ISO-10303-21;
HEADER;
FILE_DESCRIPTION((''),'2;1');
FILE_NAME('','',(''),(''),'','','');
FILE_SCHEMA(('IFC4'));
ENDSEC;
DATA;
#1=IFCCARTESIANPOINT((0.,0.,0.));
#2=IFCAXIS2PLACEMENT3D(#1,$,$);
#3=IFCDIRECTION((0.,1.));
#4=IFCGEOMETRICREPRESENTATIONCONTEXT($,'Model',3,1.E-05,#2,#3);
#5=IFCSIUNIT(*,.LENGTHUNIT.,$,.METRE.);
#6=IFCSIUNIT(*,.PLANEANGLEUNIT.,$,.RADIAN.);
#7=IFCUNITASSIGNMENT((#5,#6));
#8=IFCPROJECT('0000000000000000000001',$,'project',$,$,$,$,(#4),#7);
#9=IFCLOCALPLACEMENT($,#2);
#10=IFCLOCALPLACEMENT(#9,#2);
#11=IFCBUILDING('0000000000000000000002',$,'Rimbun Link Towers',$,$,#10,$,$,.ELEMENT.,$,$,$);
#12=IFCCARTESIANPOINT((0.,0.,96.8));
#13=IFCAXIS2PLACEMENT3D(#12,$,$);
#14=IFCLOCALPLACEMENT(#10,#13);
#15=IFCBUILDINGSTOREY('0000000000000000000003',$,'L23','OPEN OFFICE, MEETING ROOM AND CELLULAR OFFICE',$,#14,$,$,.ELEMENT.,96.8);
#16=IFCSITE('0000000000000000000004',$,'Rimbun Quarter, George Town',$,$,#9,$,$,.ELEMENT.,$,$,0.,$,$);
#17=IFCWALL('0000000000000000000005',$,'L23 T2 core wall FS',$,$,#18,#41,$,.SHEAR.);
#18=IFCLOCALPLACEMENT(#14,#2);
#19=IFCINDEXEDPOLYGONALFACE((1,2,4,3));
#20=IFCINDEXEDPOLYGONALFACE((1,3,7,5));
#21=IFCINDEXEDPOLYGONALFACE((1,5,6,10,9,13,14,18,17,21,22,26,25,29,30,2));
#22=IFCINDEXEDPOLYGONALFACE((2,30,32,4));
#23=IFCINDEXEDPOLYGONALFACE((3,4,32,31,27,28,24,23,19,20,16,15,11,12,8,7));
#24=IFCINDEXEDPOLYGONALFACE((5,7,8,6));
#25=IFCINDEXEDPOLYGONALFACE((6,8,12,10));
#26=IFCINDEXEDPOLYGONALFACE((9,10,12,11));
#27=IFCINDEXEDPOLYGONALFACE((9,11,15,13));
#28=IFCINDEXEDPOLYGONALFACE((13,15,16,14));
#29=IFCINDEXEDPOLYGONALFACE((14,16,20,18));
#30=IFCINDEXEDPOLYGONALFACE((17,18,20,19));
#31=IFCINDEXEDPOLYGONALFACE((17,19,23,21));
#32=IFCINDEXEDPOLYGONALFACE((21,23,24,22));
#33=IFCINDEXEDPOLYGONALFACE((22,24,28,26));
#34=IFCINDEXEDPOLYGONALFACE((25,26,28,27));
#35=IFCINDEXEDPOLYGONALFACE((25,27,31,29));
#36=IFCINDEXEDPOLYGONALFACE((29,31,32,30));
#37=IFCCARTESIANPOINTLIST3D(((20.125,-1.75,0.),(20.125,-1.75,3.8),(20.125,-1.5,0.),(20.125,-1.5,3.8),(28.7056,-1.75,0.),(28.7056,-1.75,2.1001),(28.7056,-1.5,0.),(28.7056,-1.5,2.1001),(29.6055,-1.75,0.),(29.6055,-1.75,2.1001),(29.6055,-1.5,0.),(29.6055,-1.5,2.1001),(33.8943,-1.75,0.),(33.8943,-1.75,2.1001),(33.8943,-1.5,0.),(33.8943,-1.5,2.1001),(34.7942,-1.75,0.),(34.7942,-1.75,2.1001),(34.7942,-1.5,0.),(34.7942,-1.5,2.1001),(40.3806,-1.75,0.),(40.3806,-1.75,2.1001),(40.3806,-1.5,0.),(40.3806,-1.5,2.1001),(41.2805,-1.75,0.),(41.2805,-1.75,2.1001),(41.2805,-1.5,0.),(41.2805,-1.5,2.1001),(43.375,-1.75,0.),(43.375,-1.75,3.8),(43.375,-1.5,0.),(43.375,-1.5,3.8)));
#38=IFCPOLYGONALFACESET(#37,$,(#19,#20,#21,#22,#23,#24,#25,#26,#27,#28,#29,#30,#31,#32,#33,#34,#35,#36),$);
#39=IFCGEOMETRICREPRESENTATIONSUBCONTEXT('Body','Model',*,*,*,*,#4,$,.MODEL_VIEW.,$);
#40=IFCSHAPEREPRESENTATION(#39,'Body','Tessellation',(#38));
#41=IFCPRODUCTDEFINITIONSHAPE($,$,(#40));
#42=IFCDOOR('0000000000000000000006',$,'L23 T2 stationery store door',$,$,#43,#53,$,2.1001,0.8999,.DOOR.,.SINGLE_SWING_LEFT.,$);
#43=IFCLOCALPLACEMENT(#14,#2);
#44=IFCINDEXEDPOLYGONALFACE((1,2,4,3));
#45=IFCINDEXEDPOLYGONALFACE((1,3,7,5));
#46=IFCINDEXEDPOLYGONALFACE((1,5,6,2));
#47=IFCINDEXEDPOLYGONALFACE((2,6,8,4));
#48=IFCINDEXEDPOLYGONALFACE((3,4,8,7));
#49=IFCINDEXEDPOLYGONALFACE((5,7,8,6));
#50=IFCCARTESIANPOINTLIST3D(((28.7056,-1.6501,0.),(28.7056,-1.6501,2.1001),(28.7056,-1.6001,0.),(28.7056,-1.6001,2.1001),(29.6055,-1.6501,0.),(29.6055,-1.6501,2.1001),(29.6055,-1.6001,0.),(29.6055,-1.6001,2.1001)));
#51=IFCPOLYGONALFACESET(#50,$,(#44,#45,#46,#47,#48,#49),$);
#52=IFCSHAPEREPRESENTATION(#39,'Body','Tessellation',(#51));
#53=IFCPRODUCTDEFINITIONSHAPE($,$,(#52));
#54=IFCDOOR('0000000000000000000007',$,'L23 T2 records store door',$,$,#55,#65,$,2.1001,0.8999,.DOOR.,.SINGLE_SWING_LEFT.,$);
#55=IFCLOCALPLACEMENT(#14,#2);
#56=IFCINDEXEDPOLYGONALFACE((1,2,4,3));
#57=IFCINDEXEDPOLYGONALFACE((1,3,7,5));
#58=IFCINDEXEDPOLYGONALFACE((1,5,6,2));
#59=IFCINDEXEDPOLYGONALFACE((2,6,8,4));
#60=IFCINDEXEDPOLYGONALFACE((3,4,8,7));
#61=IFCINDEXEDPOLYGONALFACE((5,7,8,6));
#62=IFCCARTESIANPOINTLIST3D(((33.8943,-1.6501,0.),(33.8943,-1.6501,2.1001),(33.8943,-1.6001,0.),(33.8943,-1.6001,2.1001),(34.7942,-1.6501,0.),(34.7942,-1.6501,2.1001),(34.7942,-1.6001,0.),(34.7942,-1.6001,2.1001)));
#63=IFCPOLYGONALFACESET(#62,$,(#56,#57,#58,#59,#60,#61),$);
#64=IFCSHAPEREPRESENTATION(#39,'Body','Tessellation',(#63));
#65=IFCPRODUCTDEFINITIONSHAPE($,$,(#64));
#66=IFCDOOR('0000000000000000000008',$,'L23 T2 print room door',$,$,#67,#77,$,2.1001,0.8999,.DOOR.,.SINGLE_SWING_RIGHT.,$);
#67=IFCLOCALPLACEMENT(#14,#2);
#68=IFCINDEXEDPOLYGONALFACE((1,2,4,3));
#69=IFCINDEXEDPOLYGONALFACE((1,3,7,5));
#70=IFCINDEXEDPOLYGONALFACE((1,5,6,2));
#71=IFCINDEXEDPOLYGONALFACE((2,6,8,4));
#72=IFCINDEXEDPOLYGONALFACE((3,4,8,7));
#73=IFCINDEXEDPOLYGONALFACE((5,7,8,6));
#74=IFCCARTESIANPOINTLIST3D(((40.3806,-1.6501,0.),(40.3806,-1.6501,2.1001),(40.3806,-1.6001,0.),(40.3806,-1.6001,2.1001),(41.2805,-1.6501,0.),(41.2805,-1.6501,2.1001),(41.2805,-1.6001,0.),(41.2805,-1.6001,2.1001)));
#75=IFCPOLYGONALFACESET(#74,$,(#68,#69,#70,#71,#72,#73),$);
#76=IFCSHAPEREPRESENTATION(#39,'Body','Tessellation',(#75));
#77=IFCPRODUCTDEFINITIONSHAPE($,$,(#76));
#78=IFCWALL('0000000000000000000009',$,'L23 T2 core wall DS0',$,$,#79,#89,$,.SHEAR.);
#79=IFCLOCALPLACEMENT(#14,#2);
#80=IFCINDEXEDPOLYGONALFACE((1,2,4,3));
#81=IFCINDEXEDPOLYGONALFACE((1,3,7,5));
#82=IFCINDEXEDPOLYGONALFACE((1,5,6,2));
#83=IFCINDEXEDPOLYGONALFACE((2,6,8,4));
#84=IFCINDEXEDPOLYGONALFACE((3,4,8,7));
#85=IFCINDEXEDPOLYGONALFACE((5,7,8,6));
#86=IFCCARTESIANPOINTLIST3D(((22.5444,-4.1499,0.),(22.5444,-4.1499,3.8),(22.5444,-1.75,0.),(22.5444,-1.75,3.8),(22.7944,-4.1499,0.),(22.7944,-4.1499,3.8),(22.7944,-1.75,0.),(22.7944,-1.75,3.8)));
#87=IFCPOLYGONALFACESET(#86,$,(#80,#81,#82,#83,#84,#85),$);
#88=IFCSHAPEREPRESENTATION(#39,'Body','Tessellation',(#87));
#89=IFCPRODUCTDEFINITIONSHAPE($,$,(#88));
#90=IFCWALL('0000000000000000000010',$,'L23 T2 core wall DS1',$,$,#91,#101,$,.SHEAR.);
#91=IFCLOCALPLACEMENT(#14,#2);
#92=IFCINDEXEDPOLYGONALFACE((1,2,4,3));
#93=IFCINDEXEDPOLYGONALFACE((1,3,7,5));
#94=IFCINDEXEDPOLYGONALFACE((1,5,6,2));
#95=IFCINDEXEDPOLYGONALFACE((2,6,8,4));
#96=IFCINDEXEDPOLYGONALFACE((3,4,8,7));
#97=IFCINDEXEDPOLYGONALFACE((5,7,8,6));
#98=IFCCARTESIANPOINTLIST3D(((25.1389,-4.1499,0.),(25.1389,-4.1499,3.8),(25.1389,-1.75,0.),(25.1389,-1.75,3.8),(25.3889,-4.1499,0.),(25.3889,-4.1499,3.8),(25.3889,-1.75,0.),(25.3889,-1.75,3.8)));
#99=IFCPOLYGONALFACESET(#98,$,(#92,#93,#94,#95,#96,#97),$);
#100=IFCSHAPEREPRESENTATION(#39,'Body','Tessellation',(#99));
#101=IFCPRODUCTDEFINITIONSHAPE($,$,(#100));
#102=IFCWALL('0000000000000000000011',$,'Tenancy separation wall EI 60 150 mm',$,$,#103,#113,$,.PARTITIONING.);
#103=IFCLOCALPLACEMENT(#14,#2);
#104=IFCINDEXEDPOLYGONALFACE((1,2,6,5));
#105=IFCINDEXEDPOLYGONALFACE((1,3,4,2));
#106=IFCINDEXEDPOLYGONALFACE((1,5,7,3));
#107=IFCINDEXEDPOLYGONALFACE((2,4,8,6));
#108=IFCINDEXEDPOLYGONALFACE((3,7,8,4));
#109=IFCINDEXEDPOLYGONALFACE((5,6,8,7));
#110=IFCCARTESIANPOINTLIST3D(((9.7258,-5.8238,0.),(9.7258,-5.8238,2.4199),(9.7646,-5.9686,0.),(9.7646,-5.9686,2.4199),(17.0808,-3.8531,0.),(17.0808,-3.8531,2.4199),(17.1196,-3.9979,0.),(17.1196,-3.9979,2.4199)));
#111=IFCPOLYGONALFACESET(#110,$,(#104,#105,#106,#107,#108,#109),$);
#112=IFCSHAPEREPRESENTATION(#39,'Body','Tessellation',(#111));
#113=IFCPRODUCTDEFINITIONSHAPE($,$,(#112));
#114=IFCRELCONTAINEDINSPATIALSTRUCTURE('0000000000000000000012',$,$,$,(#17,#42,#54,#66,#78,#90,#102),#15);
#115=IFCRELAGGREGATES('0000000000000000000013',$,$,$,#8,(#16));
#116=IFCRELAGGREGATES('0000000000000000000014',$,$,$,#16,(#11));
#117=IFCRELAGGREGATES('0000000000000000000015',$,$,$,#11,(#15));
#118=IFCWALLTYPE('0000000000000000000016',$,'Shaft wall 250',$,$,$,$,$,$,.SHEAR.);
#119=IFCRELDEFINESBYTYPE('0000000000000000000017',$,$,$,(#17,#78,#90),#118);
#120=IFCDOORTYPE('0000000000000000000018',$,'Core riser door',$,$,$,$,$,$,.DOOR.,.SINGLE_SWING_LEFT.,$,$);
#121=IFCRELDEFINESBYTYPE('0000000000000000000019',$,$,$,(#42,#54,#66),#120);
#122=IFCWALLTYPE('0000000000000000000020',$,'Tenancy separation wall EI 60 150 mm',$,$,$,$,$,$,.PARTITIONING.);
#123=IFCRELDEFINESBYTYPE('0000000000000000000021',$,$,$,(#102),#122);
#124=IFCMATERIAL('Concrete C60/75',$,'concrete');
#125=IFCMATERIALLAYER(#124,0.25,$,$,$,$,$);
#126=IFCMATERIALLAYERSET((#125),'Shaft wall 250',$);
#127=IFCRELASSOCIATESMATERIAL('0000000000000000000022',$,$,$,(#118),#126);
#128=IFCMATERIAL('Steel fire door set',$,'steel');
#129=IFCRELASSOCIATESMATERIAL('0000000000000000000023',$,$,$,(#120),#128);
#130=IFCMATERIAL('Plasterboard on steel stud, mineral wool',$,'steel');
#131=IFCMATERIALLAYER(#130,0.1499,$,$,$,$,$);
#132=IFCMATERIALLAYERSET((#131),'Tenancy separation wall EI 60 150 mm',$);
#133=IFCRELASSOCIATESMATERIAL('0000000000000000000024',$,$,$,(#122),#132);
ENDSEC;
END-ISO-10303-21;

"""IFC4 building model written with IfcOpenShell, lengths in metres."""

from ifc_helpers import new_model, si_unit, direction, frame, frame_2d, origin, place, context, subcontext, project, spatial, rectangle, extrude, material, layer, layer_set, type_object, element, fill, save


model = new_model("IFC4")

# Units and contexts
model_context = context("Model", 3, precision=1e-05, world=origin(), true_north=direction((0.0, 1.0)))
body_context = subcontext(model_context, "Body", "Model", "MODEL_VIEW")
ifc_project = project(units=[si_unit("LENGTHUNIT", "METRE"), si_unit("PLANEANGLEUNIT", "RADIAN")], contexts=[model_context])

# Site, building, storey
site_placement = place(None, origin())
site = spatial("IfcSite", under=ifc_project, at=site_placement, Name="Rimbun Quarter, George Town", CompositionType="ELEMENT", RefElevation=0.0)
building_placement = place(site_placement, origin())
building = spatial("IfcBuilding", under=site, at=building_placement, Name="Rimbun Link Towers", CompositionType="ELEMENT")
storey_placement = place(building_placement, frame((0.0, 0.0, 96.8)))
storey = spatial("IfcBuildingStorey", under=building, at=storey_placement, Name="L23", Description="OPEN OFFICE, MEETING ROOM AND CELLULAR OFFICE", CompositionType="ELEMENT", Elevation=96.8)

# Shared definitions
ifc_material_1 = material(Name="Concrete C60/75", Category="concrete")
ifc_layer_1 = layer(ifc_material_1, 0.25)
ifc_layer_set_1 = layer_set([ifc_layer_1], Name="Shaft wall 250")
wall_type_1 = type_object("IfcWallType", Name="Shaft wall 250", PredefinedType="SHEAR", material=ifc_layer_set_1)

# Wall, openings, doors
wall_1_placement = place(storey_placement, frame((20.125, -1.625, 0.0), z_axis=(0.0, 0.0, 1.0), x_axis=(1.0, 0.0, 0.0)))
wall_1 = element("IfcWall", 1, at=wall_1_placement, inside=storey, type_object=wall_type_1, Name="L23 T2 core wall FS", PredefinedType="SHEAR", context=body_context, shape_type="SweptSolid", body=[
    extrude(rectangle(XDim=23.25, YDim=0.25, at=frame_2d((11.625, 0.0))), origin(), (0.0, 0.0, 1.0), 3.8),
])
opening_1_placement = place(wall_1_placement, frame((8.5806, 0.0, 0.0)))
opening_1 = element("IfcOpeningElement", 2, at=opening_1_placement, cuts=wall_1, PredefinedType="OPENING", context=body_context, shape_type="SweptSolid", body=[
    extrude(rectangle(XDim=0.8999, YDim=2.1001, at=frame_2d((0.45, 1.05))), frame((0.0, 0.135, 0.0), z_axis=(0.0, -1.0, 0.0), x_axis=(1.0, 0.0, 0.0)), (0.0, 0.0, 1.0), 0.27),
])
opening_2_placement = place(wall_1_placement, frame((13.7693, 0.0, 0.0)))
opening_2 = element("IfcOpeningElement", 3, at=opening_2_placement, cuts=wall_1, PredefinedType="OPENING", context=body_context, shape_type="SweptSolid", body=[
    extrude(rectangle(XDim=0.8999, YDim=2.1001, at=frame_2d((0.45, 1.05))), frame((0.0, 0.135, 0.0), z_axis=(0.0, -1.0, 0.0), x_axis=(1.0, 0.0, 0.0)), (0.0, 0.0, 1.0), 0.27),
])
opening_3_placement = place(wall_1_placement, frame((20.2556, 0.0, 0.0)))
opening_3 = element("IfcOpeningElement", 4, at=opening_3_placement, cuts=wall_1, PredefinedType="OPENING", context=body_context, shape_type="SweptSolid", body=[
    extrude(rectangle(XDim=0.8999, YDim=2.1001, at=frame_2d((0.45, 1.05))), frame((0.0, 0.135, 0.0), z_axis=(0.0, -1.0, 0.0), x_axis=(1.0, 0.0, 0.0)), (0.0, 0.0, 1.0), 0.27),
])
ifc_material_2 = material(Name="Steel fire door set", Category="steel")
door_type_1 = type_object("IfcDoorType", Name="Core riser door", OperationType="SINGLE_SWING_LEFT", PredefinedType="DOOR", material=ifc_material_2)
door_1_placement = place(opening_1_placement, origin())
door_1 = element("IfcDoor", 5, at=door_1_placement, inside=storey, type_object=door_type_1, Name="L23 T2 stationery store door", OperationType="SINGLE_SWING_LEFT", OverallHeight=2.1001, OverallWidth=0.8999, PredefinedType="DOOR", context=body_context, shape_type="SweptSolid", body=[
    extrude(rectangle(XDim=0.8999, YDim=2.1001, at=frame_2d((0.45, 1.05))), frame((0.0, 0.0249, 0.0), z_axis=(0.0, -1.0, 0.0), x_axis=(1.0, 0.0, 0.0)), (0.0, 0.0, 1.0), 0.05),
])
fill(opening_1, door_1)
door_2_placement = place(opening_2_placement, origin())
door_2 = element("IfcDoor", 6, at=door_2_placement, inside=storey, type_object=door_type_1, Name="L23 T2 records store door", OperationType="SINGLE_SWING_LEFT", OverallHeight=2.1001, OverallWidth=0.8999, PredefinedType="DOOR", context=body_context, shape_type="SweptSolid", body=[
    extrude(rectangle(XDim=0.8999, YDim=2.1001, at=frame_2d((0.45, 1.05))), frame((0.0, 0.0249, 0.0), z_axis=(0.0, -1.0, 0.0), x_axis=(1.0, 0.0, 0.0)), (0.0, 0.0, 1.0), 0.05),
])
fill(opening_2, door_2)
door_3_placement = place(opening_3_placement, origin())
door_3 = element("IfcDoor", 7, at=door_3_placement, inside=storey, type_object=door_type_1, Name="L23 T2 print room door", OperationType="SINGLE_SWING_RIGHT", OverallHeight=2.1001, OverallWidth=0.8999, PredefinedType="DOOR", context=body_context, shape_type="SweptSolid", body=[
    extrude(rectangle(XDim=0.8999, YDim=2.1001, at=frame_2d((0.45, 1.05))), frame((0.0, 0.0249, 0.0), z_axis=(0.0, -1.0, 0.0), x_axis=(1.0, 0.0, 0.0)), (0.0, 0.0, 1.0), 0.05),
])
fill(opening_3, door_3)

# Walls
for number, where, z_axis, x_axis, name in (
    (8, (22.6694, -4.1499, 0.0), (0.0, 0.0, 1.0), (0.0, 1.0, 0.0), "L23 T2 core wall DS0"),
    (9, (25.2639, -4.1499, 0.0), (0.0, 0.0, 1.0), (0.0, 1.0, 0.0), "L23 T2 core wall DS1"),
):
    element("IfcWall", number, at=place(storey_placement, frame(where, z_axis=z_axis, x_axis=x_axis)), inside=storey, type_object=wall_type_1, Name=name, PredefinedType="SHEAR", context=body_context, shape_type="SweptSolid", body=[
        extrude(rectangle(XDim=2.3999, YDim=0.25, at=frame_2d((1.2, 0.0))), origin(), (0.0, 0.0, 1.0), 3.8),
    ])
ifc_material_3 = material(Name="Plasterboard on steel stud, mineral wool", Category="steel")
ifc_layer_2 = layer(ifc_material_3, 0.1499)
ifc_layer_set_2 = layer_set([ifc_layer_2], Name="Tenancy separation wall EI 60 150 mm")
wall_type_2 = type_object("IfcWallType", Name="Tenancy separation wall EI 60 150 mm", PredefinedType="PARTITIONING", material=ifc_layer_set_2)
wall_2_placement = place(storey_placement, frame((17.1001, -3.9255, 0.0), z_axis=(0.0, 0.0, 1.0), x_axis=(-0.965928, -0.258812, 0.0)))
element("IfcWall", 10, at=wall_2_placement, inside=storey, type_object=wall_type_2, Name="Tenancy separation wall EI 60 150 mm", PredefinedType="PARTITIONING", context=body_context, shape_type="SweptSolid", body=[
    extrude(rectangle(XDim=7.6145, YDim=0.1499, at=frame_2d((3.8071, 0.0))), origin(), (0.0, 0.0, 1.0), 2.4199),
])

save(model, "model.ifc")
